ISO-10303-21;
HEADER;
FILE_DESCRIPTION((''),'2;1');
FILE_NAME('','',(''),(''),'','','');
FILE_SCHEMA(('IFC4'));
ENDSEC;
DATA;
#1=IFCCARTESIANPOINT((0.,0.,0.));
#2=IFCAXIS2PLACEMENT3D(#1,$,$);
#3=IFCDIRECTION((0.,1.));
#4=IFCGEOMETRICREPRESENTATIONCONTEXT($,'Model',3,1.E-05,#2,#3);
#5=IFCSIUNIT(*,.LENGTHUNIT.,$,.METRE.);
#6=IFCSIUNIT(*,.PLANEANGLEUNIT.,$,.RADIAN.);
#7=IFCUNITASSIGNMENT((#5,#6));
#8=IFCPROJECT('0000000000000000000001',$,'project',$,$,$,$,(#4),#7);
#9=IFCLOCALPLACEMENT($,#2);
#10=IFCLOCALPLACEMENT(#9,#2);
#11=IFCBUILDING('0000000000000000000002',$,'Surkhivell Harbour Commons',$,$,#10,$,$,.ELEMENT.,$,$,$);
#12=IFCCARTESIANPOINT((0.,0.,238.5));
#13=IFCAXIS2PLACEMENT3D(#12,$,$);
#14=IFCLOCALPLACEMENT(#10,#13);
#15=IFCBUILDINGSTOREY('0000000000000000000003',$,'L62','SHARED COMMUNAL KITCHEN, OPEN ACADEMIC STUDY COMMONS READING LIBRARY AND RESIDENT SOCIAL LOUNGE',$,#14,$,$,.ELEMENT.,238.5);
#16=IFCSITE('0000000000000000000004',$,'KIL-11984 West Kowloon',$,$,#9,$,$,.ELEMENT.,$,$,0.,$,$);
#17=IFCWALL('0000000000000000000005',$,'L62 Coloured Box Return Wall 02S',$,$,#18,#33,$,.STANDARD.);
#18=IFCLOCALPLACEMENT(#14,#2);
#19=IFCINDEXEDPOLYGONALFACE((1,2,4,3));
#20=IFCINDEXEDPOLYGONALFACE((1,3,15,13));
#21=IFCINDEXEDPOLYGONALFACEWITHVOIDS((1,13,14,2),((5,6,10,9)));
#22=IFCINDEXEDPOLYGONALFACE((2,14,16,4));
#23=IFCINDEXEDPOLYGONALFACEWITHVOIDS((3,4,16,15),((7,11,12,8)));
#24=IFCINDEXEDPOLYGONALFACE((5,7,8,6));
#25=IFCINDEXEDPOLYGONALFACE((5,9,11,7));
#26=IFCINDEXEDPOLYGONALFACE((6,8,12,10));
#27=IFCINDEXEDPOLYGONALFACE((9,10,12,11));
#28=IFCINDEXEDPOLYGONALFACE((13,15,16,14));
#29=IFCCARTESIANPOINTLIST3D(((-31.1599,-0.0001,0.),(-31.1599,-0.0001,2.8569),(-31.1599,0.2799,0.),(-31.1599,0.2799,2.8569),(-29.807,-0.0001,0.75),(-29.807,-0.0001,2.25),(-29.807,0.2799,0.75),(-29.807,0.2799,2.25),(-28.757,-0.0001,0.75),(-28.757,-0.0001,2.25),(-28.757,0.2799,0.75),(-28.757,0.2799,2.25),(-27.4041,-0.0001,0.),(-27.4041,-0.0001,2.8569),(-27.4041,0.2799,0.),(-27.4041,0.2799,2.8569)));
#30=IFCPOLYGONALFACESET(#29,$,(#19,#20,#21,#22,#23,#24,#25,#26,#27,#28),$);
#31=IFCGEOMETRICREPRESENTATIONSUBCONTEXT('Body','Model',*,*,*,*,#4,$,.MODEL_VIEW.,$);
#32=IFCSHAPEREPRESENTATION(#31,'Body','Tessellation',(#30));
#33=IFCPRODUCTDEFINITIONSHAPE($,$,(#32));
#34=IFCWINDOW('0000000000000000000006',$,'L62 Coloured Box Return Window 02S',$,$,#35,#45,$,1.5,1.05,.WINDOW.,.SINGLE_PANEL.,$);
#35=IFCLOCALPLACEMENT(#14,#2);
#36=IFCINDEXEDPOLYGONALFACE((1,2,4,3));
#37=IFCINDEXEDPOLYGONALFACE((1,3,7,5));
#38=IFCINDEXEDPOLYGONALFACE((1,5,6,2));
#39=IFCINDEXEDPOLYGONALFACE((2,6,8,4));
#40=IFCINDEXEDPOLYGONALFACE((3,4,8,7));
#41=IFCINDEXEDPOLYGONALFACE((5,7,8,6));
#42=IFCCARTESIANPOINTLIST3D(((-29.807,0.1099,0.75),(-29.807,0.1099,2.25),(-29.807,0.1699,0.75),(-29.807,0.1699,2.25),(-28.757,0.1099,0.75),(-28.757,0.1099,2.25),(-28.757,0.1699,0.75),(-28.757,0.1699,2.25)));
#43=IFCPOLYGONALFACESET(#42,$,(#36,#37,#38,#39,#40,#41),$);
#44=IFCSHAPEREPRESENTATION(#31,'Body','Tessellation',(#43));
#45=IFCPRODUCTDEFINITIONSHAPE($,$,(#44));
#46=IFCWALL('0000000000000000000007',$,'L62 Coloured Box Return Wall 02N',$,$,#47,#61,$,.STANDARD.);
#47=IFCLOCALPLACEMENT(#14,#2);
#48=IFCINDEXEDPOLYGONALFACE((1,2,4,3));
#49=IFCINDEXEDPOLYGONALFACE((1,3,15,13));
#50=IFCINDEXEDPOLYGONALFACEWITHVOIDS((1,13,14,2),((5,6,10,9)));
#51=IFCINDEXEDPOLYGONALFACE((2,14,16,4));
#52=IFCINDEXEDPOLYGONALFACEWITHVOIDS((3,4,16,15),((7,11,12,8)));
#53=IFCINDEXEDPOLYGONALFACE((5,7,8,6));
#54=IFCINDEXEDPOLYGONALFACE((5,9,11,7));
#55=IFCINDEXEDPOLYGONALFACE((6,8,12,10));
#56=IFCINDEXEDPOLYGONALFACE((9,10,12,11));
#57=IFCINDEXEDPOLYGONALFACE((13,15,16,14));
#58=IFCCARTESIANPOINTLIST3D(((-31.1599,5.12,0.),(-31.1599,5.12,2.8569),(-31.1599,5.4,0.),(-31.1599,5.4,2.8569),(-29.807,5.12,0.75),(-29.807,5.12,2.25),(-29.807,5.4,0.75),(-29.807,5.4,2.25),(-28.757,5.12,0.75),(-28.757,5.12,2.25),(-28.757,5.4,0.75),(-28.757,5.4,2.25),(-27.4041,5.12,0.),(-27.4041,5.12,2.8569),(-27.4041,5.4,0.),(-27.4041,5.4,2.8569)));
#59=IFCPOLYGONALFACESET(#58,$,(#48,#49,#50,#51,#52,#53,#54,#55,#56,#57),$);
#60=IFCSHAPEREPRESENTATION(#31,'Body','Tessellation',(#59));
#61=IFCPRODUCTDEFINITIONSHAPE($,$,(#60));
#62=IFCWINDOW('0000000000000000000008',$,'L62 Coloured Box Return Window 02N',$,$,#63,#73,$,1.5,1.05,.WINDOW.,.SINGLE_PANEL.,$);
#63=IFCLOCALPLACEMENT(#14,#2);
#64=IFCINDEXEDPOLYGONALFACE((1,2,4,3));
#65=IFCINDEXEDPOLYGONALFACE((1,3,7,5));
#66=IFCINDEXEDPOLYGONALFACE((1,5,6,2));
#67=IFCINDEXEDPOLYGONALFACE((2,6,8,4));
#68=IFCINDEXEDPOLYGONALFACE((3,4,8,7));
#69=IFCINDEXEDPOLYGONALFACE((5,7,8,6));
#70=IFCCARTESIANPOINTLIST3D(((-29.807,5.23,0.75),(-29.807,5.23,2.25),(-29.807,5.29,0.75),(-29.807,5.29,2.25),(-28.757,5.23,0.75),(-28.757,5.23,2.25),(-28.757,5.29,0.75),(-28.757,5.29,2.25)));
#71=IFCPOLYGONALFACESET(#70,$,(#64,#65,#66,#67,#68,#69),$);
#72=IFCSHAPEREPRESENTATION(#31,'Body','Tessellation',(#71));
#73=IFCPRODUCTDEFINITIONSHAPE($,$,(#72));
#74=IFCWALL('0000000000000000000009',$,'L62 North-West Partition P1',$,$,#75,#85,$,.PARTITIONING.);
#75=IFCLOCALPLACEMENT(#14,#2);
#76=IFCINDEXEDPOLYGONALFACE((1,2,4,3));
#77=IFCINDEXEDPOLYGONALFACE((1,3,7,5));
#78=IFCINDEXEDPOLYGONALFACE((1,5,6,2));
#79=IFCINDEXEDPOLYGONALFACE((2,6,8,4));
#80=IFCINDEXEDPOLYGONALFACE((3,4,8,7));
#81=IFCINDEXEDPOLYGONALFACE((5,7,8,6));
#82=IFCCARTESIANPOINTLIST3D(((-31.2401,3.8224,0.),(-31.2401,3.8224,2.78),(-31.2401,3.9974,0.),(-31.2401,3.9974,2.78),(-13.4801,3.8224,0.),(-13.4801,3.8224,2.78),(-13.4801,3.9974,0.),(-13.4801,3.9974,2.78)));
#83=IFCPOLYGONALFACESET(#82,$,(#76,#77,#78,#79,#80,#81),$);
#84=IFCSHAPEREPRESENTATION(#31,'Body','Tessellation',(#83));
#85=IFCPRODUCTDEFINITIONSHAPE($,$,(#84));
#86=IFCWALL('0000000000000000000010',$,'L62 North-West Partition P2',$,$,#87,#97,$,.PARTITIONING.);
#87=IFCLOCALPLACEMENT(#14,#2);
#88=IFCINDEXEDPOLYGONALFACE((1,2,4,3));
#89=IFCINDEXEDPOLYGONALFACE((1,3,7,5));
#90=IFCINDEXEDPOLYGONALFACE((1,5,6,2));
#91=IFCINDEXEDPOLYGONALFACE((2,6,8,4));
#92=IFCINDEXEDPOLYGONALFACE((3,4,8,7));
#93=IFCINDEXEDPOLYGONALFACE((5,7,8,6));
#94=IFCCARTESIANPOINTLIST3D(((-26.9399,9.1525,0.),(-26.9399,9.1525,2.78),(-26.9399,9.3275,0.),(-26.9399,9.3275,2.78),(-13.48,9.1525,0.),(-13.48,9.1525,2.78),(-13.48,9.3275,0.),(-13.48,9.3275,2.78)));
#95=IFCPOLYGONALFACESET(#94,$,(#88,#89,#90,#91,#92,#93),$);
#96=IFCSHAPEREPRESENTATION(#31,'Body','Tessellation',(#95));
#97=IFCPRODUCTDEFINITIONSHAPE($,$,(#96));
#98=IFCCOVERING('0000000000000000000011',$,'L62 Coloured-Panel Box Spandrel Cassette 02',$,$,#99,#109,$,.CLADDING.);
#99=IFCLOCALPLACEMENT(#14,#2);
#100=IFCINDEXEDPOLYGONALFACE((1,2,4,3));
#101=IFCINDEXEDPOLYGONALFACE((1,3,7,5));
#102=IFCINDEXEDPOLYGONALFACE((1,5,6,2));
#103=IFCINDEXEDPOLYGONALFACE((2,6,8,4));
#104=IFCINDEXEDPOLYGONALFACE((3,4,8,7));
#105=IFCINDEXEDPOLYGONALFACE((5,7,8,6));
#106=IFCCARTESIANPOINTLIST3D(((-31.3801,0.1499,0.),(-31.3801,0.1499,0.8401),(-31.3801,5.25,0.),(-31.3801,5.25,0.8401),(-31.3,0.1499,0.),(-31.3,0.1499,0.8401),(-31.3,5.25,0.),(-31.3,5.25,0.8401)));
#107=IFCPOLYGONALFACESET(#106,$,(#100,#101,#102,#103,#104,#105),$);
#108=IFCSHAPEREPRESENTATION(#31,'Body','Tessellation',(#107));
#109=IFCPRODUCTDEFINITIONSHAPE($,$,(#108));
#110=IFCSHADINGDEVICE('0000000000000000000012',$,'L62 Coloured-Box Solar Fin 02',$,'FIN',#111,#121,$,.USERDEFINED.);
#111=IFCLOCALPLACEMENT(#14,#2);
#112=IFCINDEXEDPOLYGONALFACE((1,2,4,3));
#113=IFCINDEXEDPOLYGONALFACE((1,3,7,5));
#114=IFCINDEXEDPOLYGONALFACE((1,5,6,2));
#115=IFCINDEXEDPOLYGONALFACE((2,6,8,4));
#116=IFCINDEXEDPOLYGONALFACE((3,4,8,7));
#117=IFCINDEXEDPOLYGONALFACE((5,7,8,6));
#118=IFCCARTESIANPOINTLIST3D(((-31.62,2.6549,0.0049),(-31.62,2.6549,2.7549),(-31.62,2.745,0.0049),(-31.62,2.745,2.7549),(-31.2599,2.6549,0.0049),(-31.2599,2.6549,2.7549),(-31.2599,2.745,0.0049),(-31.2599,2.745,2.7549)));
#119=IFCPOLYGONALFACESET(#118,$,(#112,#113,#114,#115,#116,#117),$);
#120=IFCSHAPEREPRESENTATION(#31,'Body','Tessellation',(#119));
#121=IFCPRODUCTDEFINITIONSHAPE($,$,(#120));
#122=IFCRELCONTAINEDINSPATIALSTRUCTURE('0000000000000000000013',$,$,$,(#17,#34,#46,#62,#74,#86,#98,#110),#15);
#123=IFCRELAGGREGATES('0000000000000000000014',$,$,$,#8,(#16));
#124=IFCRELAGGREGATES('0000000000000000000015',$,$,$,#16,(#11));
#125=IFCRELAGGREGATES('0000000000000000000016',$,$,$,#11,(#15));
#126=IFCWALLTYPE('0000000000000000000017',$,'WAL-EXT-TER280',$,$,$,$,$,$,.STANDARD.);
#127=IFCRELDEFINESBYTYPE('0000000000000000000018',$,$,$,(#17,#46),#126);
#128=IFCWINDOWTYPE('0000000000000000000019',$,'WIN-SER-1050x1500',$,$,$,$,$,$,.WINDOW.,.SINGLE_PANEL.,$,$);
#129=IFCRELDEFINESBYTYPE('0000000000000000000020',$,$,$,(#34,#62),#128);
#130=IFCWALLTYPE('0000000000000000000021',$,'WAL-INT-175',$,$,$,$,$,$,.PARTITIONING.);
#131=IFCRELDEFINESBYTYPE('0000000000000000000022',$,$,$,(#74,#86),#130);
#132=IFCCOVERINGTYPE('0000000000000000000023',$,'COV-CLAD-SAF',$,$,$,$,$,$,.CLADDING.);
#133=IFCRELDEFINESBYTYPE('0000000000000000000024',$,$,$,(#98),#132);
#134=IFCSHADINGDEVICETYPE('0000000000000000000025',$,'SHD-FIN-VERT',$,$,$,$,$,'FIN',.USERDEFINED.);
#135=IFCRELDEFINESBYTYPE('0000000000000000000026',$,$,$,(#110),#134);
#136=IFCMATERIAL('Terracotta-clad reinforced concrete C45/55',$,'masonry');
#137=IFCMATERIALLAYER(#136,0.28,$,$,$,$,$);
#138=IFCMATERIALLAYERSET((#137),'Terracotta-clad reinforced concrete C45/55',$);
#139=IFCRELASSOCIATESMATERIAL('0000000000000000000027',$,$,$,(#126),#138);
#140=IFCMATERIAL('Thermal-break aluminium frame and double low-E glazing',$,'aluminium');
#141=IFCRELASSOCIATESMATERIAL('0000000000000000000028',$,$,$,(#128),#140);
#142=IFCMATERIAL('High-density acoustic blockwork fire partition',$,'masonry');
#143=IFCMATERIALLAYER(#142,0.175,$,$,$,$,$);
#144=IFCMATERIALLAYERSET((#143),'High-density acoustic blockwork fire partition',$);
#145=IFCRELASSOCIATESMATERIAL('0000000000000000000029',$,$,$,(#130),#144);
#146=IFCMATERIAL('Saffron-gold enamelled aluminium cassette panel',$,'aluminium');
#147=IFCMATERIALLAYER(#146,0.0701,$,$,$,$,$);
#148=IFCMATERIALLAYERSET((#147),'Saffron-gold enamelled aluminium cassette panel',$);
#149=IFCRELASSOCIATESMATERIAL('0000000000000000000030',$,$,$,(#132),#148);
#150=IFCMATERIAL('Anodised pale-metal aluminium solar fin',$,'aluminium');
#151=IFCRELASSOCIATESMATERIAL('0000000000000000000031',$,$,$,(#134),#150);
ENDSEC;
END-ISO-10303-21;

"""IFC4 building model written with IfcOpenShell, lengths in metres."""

from ifc_helpers import new_model, si_unit, direction, frame, frame_2d, origin, origin_2d, place, context, subcontext, project, spatial, rectangle, extrude, material, layer, layer_set, type_object, element, fill, save


model = new_model("IFC4")

# Units and contexts
model_context = context("Model", 3, precision=1e-05, world=origin(), true_north=direction((0.0, 1.0)))
body_context = subcontext(model_context, "Body", "Model", "MODEL_VIEW")
ifc_project = project(units=[si_unit("LENGTHUNIT", "METRE"), si_unit("PLANEANGLEUNIT", "RADIAN")], contexts=[model_context])

# Site, building, storey
site_placement = place(None, origin())
site = spatial("IfcSite", under=ifc_project, at=site_placement, Name="KIL-11984 West Kowloon", CompositionType="ELEMENT", RefElevation=0.0)
building_placement = place(site_placement, origin())
building = spatial("IfcBuilding", under=site, at=building_placement, Name="Surkhivell Harbour Commons", CompositionType="ELEMENT")
storey_placement = place(building_placement, frame((0.0, 0.0, 238.5)))
storey = spatial("IfcBuildingStorey", under=building, at=storey_placement, Name="L62", Description="SHARED COMMUNAL KITCHEN, OPEN ACADEMIC STUDY COMMONS READING LIBRARY AND RESIDENT SOCIAL LOUNGE", CompositionType="ELEMENT", Elevation=238.5)

# Walls, openings, windows
ifc_material_1 = material(Name="Terracotta-clad reinforced concrete C45/55", Category="masonry")
ifc_layer_1 = layer(ifc_material_1, 0.28)
ifc_layer_set_1 = layer_set([ifc_layer_1], Name="Terracotta-clad reinforced concrete C45/55")
wall_type_1 = type_object("IfcWallType", Name="WAL-EXT-TER280", PredefinedType="STANDARD", material=ifc_layer_set_1)
ifc_material_2 = material(Name="Thermal-break aluminium frame and double low-E glazing", Category="aluminium")
wall_1_placement = place(storey_placement, frame((-31.1599, 0.1399, 0.0), z_axis=(0.0, 0.0, 1.0), x_axis=(1.0, 0.0, 0.0)))
wall_1 = element("IfcWall", 1, at=wall_1_placement, inside=storey, type_object=wall_type_1, Name="L62 Coloured Box Return Wall 02S", PredefinedType="STANDARD", context=body_context, shape_type="SweptSolid", body=[
    extrude(rectangle(XDim=3.7559, YDim=0.28, at=frame_2d((1.8779, 0.0))), origin(), (0.0, 0.0, 1.0), 2.8569),
])
opening_1_placement = place(wall_1_placement, frame((1.353, 0.0, 0.75)))
opening_1 = element("IfcOpeningElement", 2, at=opening_1_placement, cuts=wall_1, PredefinedType="OPENING", context=body_context, shape_type="SweptSolid", body=[
    extrude(rectangle(XDim=1.05, YDim=1.5, at=frame_2d((0.5249, 0.75))), frame((0.0, 0.1499, 0.0), z_axis=(0.0, -1.0, 0.0), x_axis=(1.0, 0.0, 0.0)), (0.0, 0.0, 1.0), 0.3),
])
window_type_1 = type_object("IfcWindowType", Name="WIN-SER-1050x1500", PartitioningType="SINGLE_PANEL", PredefinedType="WINDOW", material=ifc_material_2)
window_1_placement = place(opening_1_placement, origin())
window_1 = element("IfcWindow", 3, at=window_1_placement, inside=storey, type_object=window_type_1, Name="L62 Coloured Box Return Window 02S", OverallHeight=1.5, OverallWidth=1.05, PartitioningType="SINGLE_PANEL", PredefinedType="WINDOW", context=body_context, shape_type="SweptSolid", body=[
    extrude(rectangle(XDim=1.05, YDim=1.5, at=frame_2d((0.5249, 0.75))), frame((0.0, 0.03, 0.0), z_axis=(0.0, -1.0, 0.0), x_axis=(1.0, 0.0, 0.0)), (0.0, 0.0, 1.0), 0.0601),
])
fill(opening_1, window_1)
wall_2_placement = place(storey_placement, frame((-31.1599, 5.26, 0.0), z_axis=(0.0, 0.0, 1.0), x_axis=(1.0, 0.0, 0.0)))
wall_2 = element("IfcWall", 4, at=wall_2_placement, inside=storey, type_object=wall_type_1, Name="L62 Coloured Box Return Wall 02N", PredefinedType="STANDARD", context=body_context, shape_type="SweptSolid", body=[
    extrude(rectangle(XDim=3.7559, YDim=0.28, at=frame_2d((1.8779, 0.0))), origin(), (0.0, 0.0, 1.0), 2.8569),
])
opening_2_placement = place(wall_2_placement, frame((1.353, 0.0, 0.75)))
opening_2 = element("IfcOpeningElement", 5, at=opening_2_placement, cuts=wall_2, PredefinedType="OPENING", context=body_context, shape_type="SweptSolid", body=[
    extrude(rectangle(XDim=1.05, YDim=1.5, at=frame_2d((0.5249, 0.75))), frame((0.0, 0.1499, 0.0), z_axis=(0.0, -1.0, 0.0), x_axis=(1.0, 0.0, 0.0)), (0.0, 0.0, 1.0), 0.3),
])
window_2_placement = place(opening_2_placement, origin())
window_2 = element("IfcWindow", 6, at=window_2_placement, inside=storey, type_object=window_type_1, Name="L62 Coloured Box Return Window 02N", OverallHeight=1.5, OverallWidth=1.05, PartitioningType="SINGLE_PANEL", PredefinedType="WINDOW", context=body_context, shape_type="SweptSolid", body=[
    extrude(rectangle(XDim=1.05, YDim=1.5, at=frame_2d((0.5249, 0.75))), frame((0.0, 0.03, 0.0), z_axis=(0.0, -1.0, 0.0), x_axis=(1.0, 0.0, 0.0)), (0.0, 0.0, 1.0), 0.0601),
])
fill(opening_2, window_2)

# Walls
ifc_material_3 = material(Name="High-density acoustic blockwork fire partition", Category="masonry")
ifc_layer_2 = layer(ifc_material_3, 0.175)
ifc_layer_set_2 = layer_set([ifc_layer_2], Name="High-density acoustic blockwork fire partition")
wall_type_2 = type_object("IfcWallType", Name="WAL-INT-175", PredefinedType="PARTITIONING", material=ifc_layer_set_2)
wall_3_placement = place(storey_placement, frame((-31.24, 3.9099, 0.0), z_axis=(0.0, 0.0, 1.0), x_axis=(1.0, 0.0, 0.0)))
element("IfcWall", 7, at=wall_3_placement, inside=storey, type_object=wall_type_2, Name="L62 North-West Partition P1", PredefinedType="PARTITIONING", context=body_context, shape_type="SweptSolid", body=[
    extrude(rectangle(XDim=17.76, YDim=0.175, at=frame_2d((8.8799, 0.0))), origin(), (0.0, 0.0, 1.0), 2.78),
])
wall_4_placement = place(storey_placement, frame((-26.9399, 9.24, 0.0), z_axis=(0.0, 0.0, 1.0), x_axis=(1.0, 0.0, 0.0)))
element("IfcWall", 8, at=wall_4_placement, inside=storey, type_object=wall_type_2, Name="L62 North-West Partition P2", PredefinedType="PARTITIONING", context=body_context, shape_type="SweptSolid", body=[
    extrude(rectangle(XDim=13.46, YDim=0.175, at=frame_2d((6.73, 0.0))), origin(), (0.0, 0.0, 1.0), 2.78),
])

# Covering
ifc_material_4 = material(Name="Saffron-gold enamelled aluminium cassette panel", Category="aluminium")
ifc_layer_3 = layer(ifc_material_4, 0.0701)
ifc_layer_set_3 = layer_set([ifc_layer_3], Name="Saffron-gold enamelled aluminium cassette panel")
covering_type = type_object("IfcCoveringType", Name="COV-CLAD-SAF", PredefinedType="CLADDING", material=ifc_layer_set_3)
covering_placement = place(storey_placement, frame((-31.3401, 2.7, 0.0), z_axis=(0.0, 0.0, 1.0), x_axis=(1.0, 0.0, 0.0)))
element("IfcCovering", 9, at=covering_placement, inside=storey, type_object=covering_type, Name="L62 Coloured-Panel Box Spandrel Cassette 02", PredefinedType="CLADDING", context=body_context, shape_type="SweptSolid", body=[
    extrude(rectangle(XDim=0.0801, YDim=5.1001, at=origin_2d()), origin(), (0.0, 0.0, 1.0), 0.8401),
])

# Shading device
ifc_material_5 = material(Name="Anodised pale-metal aluminium solar fin", Category="aluminium")
shading_device_type = type_object("IfcShadingDeviceType", Name="SHD-FIN-VERT", ElementType="FIN", PredefinedType="USERDEFINED", material=ifc_material_5)
shading_device_placement = place(storey_placement, frame((-31.4399, 2.7, 0.0049), z_axis=(0.0, 0.0, 1.0), x_axis=(1.0, 0.0, 0.0)))
element("IfcShadingDevice", 10, at=shading_device_placement, inside=storey, type_object=shading_device_type, Name="L62 Coloured-Box Solar Fin 02", ObjectType="FIN", PredefinedType="USERDEFINED", context=body_context, shape_type="SweptSolid", body=[
    extrude(rectangle(XDim=0.3601, YDim=0.0901, at=origin_2d()), origin(), (0.0, 0.0, 1.0), 2.75),
])

save(model, "model.ifc")
